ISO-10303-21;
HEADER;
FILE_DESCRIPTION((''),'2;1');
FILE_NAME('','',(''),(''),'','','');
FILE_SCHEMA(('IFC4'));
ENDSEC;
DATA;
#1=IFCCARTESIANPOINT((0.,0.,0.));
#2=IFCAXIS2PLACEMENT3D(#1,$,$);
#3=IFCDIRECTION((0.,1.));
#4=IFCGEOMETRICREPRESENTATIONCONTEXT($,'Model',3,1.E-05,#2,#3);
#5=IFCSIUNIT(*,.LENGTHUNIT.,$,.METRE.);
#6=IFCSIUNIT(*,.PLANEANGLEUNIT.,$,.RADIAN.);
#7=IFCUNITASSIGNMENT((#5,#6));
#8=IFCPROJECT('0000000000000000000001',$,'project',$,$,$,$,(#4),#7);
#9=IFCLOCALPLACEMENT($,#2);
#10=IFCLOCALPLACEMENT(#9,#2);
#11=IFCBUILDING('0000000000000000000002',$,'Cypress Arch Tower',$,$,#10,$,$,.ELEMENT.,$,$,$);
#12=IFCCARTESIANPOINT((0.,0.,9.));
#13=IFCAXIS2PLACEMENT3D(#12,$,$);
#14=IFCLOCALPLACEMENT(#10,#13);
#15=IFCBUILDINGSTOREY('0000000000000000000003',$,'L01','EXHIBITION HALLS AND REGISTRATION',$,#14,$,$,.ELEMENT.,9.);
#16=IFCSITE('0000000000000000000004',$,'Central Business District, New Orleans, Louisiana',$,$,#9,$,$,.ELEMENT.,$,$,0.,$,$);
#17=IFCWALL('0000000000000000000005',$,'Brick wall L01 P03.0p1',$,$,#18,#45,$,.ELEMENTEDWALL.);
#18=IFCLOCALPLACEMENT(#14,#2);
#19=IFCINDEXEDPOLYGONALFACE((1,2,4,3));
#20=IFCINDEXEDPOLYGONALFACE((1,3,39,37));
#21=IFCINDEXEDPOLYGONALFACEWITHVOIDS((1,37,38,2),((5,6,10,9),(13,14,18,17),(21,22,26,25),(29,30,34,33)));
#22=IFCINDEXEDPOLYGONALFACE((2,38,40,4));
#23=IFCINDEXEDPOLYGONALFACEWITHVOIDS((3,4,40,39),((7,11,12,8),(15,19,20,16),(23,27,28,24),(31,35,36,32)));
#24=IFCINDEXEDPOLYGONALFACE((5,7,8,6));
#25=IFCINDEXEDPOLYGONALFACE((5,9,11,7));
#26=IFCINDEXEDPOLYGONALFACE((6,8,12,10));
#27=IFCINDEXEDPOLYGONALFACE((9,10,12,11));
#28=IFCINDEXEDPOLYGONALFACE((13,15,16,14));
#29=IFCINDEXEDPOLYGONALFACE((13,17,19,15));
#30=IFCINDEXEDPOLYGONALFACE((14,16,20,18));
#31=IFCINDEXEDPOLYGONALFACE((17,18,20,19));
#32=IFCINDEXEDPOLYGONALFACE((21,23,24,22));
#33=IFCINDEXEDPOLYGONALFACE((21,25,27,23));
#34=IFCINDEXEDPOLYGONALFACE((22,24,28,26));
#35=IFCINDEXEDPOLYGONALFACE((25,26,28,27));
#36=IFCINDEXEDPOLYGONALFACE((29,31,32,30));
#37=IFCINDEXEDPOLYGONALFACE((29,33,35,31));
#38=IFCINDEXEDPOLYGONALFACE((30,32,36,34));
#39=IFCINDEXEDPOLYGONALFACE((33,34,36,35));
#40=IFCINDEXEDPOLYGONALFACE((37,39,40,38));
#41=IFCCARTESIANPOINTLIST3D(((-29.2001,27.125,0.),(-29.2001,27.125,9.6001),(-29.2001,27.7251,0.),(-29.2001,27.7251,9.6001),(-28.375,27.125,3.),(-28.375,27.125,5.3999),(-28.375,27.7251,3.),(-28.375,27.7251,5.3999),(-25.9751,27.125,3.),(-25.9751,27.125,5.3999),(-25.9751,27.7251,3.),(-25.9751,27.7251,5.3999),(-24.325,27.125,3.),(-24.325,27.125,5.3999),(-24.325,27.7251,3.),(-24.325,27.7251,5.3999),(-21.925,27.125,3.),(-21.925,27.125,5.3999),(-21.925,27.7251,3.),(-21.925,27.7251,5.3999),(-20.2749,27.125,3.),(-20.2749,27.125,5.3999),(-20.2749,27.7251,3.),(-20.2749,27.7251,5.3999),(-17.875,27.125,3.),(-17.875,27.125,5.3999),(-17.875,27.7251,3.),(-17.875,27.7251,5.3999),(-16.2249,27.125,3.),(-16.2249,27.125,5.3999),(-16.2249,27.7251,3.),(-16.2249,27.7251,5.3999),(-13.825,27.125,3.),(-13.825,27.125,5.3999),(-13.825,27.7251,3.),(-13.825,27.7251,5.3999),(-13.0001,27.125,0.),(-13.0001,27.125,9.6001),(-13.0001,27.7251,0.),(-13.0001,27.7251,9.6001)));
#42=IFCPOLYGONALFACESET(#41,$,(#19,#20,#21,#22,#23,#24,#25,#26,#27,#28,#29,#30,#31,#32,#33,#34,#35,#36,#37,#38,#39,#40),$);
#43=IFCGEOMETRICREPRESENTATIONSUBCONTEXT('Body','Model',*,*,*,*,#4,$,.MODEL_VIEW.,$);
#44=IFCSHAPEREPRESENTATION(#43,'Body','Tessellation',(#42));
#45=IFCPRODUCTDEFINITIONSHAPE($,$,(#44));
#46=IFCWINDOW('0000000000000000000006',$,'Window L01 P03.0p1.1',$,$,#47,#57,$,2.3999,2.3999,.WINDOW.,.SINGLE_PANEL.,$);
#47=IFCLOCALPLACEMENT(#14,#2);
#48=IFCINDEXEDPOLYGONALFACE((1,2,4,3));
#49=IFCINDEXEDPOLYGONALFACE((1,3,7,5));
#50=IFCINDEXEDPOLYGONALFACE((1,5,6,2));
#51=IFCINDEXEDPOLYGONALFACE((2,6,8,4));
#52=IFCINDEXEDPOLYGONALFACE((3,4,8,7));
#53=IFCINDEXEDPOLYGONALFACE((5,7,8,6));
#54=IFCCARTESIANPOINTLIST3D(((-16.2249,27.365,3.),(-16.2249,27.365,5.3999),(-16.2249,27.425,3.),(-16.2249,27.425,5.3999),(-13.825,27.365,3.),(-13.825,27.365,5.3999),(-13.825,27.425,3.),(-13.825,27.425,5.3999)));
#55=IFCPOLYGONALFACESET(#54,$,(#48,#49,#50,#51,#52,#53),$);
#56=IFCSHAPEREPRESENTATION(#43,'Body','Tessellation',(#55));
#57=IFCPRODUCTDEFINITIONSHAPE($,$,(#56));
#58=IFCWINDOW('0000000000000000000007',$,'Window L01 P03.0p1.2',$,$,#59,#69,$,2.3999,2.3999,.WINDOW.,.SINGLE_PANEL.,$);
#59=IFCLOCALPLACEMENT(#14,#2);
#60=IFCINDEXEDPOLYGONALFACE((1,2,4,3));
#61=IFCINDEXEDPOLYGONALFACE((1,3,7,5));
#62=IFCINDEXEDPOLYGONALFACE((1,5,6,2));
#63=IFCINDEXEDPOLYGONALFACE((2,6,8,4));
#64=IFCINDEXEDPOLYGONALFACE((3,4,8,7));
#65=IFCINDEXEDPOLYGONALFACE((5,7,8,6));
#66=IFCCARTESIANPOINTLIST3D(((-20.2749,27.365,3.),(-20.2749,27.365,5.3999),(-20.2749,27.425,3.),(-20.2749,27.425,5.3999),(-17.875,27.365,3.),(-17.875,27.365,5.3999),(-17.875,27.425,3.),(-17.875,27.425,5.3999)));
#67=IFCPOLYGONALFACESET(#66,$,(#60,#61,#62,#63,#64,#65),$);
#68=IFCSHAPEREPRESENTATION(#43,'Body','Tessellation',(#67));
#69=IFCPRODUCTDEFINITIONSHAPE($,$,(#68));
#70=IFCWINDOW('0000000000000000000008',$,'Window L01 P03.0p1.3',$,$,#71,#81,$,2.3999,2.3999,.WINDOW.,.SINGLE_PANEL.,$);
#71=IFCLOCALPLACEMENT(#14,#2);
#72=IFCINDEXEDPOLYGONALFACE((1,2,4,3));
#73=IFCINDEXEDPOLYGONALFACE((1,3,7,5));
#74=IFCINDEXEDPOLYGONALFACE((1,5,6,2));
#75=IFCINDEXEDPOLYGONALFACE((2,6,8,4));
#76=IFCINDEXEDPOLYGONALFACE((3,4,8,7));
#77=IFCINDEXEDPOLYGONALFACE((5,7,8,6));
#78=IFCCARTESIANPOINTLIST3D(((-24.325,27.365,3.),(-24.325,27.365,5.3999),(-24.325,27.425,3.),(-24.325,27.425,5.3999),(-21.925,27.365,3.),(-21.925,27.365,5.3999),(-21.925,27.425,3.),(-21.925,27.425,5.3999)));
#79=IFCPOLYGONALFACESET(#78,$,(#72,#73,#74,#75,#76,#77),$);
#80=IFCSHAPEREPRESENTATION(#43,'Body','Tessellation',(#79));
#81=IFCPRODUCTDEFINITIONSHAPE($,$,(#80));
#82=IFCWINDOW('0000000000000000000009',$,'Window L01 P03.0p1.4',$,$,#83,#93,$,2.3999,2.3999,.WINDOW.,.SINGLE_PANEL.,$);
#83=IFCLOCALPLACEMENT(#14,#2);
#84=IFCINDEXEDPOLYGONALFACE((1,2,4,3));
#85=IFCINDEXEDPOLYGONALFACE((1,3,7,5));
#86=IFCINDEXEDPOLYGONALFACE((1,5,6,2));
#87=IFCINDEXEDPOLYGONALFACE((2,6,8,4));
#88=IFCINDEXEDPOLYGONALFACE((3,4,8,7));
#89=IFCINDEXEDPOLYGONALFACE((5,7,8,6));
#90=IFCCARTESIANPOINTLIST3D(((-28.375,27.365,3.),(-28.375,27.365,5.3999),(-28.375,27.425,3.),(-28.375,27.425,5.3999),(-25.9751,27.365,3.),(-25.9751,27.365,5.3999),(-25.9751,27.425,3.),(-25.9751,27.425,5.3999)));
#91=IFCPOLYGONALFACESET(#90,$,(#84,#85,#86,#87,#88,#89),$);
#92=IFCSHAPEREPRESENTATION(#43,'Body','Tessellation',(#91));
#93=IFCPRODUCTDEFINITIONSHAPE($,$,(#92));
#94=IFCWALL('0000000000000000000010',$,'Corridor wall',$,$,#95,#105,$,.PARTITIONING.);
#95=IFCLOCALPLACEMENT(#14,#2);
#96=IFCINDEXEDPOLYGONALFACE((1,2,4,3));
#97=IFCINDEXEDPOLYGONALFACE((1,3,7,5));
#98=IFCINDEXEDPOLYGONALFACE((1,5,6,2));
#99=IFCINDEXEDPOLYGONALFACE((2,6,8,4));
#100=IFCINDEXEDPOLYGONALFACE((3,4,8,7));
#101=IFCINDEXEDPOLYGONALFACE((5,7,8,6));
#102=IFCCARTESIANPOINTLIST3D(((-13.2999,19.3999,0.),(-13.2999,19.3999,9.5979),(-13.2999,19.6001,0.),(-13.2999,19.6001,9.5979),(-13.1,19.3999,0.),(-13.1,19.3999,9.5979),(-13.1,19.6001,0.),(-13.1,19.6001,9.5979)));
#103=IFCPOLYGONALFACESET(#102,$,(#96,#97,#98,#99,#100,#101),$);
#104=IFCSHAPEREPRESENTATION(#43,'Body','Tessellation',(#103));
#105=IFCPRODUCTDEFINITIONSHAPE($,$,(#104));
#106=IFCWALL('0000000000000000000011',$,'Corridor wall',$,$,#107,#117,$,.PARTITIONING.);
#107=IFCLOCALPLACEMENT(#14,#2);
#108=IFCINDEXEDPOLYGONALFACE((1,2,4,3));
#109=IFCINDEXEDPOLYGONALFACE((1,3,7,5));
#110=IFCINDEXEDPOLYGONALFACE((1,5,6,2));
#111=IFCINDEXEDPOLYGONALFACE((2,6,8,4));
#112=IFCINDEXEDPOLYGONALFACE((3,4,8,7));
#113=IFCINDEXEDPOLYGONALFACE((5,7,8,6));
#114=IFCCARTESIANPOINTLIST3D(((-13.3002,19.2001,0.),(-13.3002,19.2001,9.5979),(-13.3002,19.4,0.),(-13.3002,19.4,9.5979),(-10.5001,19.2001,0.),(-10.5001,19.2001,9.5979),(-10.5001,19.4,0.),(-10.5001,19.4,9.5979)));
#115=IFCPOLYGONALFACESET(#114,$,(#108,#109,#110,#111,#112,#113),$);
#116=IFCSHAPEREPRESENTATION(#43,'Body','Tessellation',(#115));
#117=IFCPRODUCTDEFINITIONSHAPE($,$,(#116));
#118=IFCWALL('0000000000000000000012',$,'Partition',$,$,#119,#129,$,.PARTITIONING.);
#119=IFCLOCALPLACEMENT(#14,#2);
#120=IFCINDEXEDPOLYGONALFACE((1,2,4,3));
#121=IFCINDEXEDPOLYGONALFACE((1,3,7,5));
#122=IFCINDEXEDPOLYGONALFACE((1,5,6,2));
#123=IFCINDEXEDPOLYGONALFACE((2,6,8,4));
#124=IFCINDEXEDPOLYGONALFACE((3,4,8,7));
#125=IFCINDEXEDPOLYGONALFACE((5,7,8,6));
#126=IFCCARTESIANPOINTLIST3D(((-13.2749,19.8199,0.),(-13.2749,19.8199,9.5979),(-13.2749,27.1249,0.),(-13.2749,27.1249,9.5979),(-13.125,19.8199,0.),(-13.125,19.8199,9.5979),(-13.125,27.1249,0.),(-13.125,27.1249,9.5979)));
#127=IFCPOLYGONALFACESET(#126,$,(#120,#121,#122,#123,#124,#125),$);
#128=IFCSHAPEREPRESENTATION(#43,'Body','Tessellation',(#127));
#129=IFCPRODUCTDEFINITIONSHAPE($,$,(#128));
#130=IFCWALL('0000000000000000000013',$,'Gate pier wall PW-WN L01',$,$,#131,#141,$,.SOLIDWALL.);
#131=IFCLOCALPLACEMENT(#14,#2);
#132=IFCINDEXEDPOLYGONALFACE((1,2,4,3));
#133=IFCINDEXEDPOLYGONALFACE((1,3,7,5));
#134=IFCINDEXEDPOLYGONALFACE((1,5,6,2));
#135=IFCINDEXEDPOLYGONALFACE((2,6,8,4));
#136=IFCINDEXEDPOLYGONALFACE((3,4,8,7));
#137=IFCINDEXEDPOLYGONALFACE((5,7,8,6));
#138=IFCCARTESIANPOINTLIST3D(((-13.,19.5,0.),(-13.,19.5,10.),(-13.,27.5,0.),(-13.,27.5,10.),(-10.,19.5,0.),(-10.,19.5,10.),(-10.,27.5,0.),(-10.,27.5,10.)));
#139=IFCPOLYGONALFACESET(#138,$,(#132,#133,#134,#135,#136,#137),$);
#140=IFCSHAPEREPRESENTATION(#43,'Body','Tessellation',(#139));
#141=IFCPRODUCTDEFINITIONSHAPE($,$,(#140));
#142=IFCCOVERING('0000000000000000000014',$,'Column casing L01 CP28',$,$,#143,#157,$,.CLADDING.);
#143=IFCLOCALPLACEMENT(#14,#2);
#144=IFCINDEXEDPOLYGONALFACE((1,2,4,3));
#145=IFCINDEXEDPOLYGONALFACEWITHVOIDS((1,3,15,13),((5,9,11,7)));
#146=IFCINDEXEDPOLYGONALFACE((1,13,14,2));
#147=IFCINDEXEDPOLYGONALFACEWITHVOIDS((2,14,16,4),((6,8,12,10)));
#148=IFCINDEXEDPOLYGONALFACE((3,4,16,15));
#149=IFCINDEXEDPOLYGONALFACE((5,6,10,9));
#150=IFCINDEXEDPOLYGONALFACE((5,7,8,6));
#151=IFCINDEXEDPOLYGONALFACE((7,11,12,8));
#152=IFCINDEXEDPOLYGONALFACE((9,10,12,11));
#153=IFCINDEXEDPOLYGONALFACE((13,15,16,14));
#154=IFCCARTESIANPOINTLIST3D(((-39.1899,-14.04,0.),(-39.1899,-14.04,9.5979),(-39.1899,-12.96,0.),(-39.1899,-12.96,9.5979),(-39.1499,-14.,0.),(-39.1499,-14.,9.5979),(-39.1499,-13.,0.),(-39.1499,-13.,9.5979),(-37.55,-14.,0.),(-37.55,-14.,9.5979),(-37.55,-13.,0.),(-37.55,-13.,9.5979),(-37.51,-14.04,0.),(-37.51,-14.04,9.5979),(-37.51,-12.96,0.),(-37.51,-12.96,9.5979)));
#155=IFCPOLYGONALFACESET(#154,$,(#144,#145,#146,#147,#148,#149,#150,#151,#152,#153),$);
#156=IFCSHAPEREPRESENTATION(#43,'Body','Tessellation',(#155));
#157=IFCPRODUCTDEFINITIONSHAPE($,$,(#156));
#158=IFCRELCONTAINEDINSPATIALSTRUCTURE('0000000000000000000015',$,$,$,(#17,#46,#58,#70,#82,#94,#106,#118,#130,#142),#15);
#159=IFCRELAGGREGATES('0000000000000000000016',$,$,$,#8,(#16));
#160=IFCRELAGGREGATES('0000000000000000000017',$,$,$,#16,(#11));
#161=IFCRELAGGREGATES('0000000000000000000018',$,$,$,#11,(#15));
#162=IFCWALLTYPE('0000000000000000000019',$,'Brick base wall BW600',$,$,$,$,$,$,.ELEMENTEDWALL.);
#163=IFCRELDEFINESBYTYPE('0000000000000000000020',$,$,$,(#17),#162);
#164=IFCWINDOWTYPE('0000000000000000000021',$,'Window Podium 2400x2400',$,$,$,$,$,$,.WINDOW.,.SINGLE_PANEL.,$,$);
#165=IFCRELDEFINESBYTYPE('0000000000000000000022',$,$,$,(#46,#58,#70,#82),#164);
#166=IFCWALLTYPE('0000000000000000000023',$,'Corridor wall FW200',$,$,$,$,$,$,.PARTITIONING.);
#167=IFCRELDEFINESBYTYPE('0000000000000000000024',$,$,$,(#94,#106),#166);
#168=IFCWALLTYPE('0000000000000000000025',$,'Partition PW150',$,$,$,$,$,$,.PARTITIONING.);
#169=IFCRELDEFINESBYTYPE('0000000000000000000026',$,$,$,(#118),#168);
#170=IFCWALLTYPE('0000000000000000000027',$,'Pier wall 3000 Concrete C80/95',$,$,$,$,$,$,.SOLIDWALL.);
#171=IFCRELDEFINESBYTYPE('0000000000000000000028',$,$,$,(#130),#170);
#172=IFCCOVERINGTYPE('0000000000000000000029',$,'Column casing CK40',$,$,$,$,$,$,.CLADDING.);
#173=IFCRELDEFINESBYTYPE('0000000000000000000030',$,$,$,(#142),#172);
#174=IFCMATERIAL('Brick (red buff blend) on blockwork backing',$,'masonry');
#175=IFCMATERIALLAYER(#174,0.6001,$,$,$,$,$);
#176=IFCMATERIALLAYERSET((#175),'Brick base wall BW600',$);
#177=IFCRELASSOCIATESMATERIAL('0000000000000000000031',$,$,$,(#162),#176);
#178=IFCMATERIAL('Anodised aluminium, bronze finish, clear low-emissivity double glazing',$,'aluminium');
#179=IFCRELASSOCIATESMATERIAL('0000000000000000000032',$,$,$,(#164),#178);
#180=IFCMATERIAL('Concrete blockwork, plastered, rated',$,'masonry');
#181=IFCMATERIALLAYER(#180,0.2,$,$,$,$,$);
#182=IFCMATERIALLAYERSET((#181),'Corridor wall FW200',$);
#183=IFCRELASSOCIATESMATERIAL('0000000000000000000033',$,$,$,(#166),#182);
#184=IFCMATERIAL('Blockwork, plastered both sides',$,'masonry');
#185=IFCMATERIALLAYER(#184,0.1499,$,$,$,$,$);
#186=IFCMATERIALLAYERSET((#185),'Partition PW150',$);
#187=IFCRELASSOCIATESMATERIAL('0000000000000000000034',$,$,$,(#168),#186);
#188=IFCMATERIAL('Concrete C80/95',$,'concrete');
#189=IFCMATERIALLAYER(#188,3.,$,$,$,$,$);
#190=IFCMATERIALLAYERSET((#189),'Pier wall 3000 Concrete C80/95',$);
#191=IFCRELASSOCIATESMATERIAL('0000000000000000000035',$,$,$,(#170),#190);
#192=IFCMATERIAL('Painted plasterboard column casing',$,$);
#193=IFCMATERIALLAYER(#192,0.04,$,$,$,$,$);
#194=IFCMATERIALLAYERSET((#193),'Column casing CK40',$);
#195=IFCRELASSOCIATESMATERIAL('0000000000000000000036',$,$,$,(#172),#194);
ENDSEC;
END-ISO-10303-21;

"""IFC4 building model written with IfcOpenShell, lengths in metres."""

from ifc_helpers import new_model, si_unit, direction, frame, frame_2d, origin, place, context, subcontext, project, spatial, polyline, rectangle, outline, extrude, material, layer, layer_set, type_object, element, fill, save


model = new_model("IFC4")

# Units and contexts
model_context = context("Model", 3, precision=1e-05, world=origin(), true_north=direction((0.0, 1.0)))
body_context = subcontext(model_context, "Body", "Model", "MODEL_VIEW")
ifc_project = project(units=[si_unit("LENGTHUNIT", "METRE"), si_unit("PLANEANGLEUNIT", "RADIAN")], contexts=[model_context])

# Site, building, storey
site_placement = place(None, origin())
site = spatial("IfcSite", under=ifc_project, at=site_placement, Name="Central Business District, New Orleans, Louisiana", CompositionType="ELEMENT", RefElevation=0.0)
building_placement = place(site_placement, origin())
building = spatial("IfcBuilding", under=site, at=building_placement, Name="Cypress Arch Tower", CompositionType="ELEMENT")
storey_placement = place(building_placement, frame((0.0, 0.0, 9.0)))
storey = spatial("IfcBuildingStorey", under=building, at=storey_placement, Name="L01", Description="EXHIBITION HALLS AND REGISTRATION", CompositionType="ELEMENT", Elevation=9.0)

# Wall, openings, windows
ifc_material_1 = material(Name="Brick (red buff blend) on blockwork backing", Category="masonry")
ifc_layer_1 = layer(ifc_material_1, 0.6001)
ifc_layer_set_1 = layer_set([ifc_layer_1], Name="Brick base wall BW600")
wall_type_1 = type_object("IfcWallType", Name="Brick base wall BW600", PredefinedType="ELEMENTEDWALL", material=ifc_layer_set_1)
wall_1_placement = place(storey_placement, frame((-13.0, 27.425, 0.0), z_axis=(0.0, 0.0, 1.0), x_axis=(-1.0, 0.0, 0.0)))
wall_1 = element("IfcWall", 1, at=wall_1_placement, inside=storey, type_object=wall_type_1, Name="Brick wall L01 P03.0p1", PredefinedType="ELEMENTEDWALL", context=body_context, shape_type="SweptSolid", body=[
    extrude(rectangle(XDim=16.2, YDim=0.6001, at=frame_2d((8.1001, 0.0))), origin(), (0.0, 0.0, 1.0), 9.6001),
])
opening_1_placement = place(wall_1_placement, frame((0.825, 0.0, 3.0)))
opening_1 = element("IfcOpeningElement", 2, at=opening_1_placement, cuts=wall_1, PredefinedType="OPENING", context=body_context, shape_type="SweptSolid", body=[
    extrude(rectangle(XDim=2.3999, YDim=2.3999, at=frame_2d((1.2, 1.2))), frame((0.0, 0.3101, 0.0), z_axis=(0.0, -1.0, 0.0), x_axis=(1.0, 0.0, 0.0)), (0.0, 0.0, 1.0), 0.6201),
])
opening_2_placement = place(wall_1_placement, frame((4.875, 0.0, 3.0)))
opening_2 = element("IfcOpeningElement", 3, at=opening_2_placement, cuts=wall_1, PredefinedType="OPENING", context=body_context, shape_type="SweptSolid", body=[
    extrude(rectangle(XDim=2.3999, YDim=2.3999, at=frame_2d((1.2, 1.2))), frame((0.0, 0.3101, 0.0), z_axis=(0.0, -1.0, 0.0), x_axis=(1.0, 0.0, 0.0)), (0.0, 0.0, 1.0), 0.6201),
])
opening_3_placement = place(wall_1_placement, frame((8.925, 0.0, 3.0)))
opening_3 = element("IfcOpeningElement", 4, at=opening_3_placement, cuts=wall_1, PredefinedType="OPENING", context=body_context, shape_type="SweptSolid", body=[
    extrude(rectangle(XDim=2.3999, YDim=2.3999, at=frame_2d((1.2, 1.2))), frame((0.0, 0.3101, 0.0), z_axis=(0.0, -1.0, 0.0), x_axis=(1.0, 0.0, 0.0)), (0.0, 0.0, 1.0), 0.6201),
])
opening_4_placement = place(wall_1_placement, frame((12.9751, 0.0, 3.0)))
opening_4 = element("IfcOpeningElement", 5, at=opening_4_placement, cuts=wall_1, PredefinedType="OPENING", context=body_context, shape_type="SweptSolid", body=[
    extrude(rectangle(XDim=2.3999, YDim=2.3999, at=frame_2d((1.2, 1.2))), frame((0.0, 0.3101, 0.0), z_axis=(0.0, -1.0, 0.0), x_axis=(1.0, 0.0, 0.0)), (0.0, 0.0, 1.0), 0.6201),
])
ifc_material_2 = material(Name="Anodised aluminium, bronze finish, clear low-emissivity double glazing", Category="aluminium")
window_type = type_object("IfcWindowType", Name="Window Podium 2400x2400", PartitioningType="SINGLE_PANEL", PredefinedType="WINDOW", material=ifc_material_2)
window_1_placement = place(opening_1_placement, origin())
window_1 = element("IfcWindow", 6, at=window_1_placement, inside=storey, type_object=window_type, Name="Window L01 P03.0p1.1", OverallHeight=2.3999, OverallWidth=2.3999, PartitioningType="SINGLE_PANEL", PredefinedType="WINDOW", context=body_context, shape_type="SweptSolid", body=[
    extrude(rectangle(XDim=2.3999, YDim=2.3999, at=frame_2d((1.2, 1.2))), frame((0.0, 0.0601, 0.0), z_axis=(0.0, -1.0, 0.0), x_axis=(1.0, 0.0, 0.0)), (0.0, 0.0, 1.0), 0.0601),
])
fill(opening_1, window_1)
window_2_placement = place(opening_2_placement, origin())
window_2 = element("IfcWindow", 7, at=window_2_placement, inside=storey, type_object=window_type, Name="Window L01 P03.0p1.2", OverallHeight=2.3999, OverallWidth=2.3999, PartitioningType="SINGLE_PANEL", PredefinedType="WINDOW", context=body_context, shape_type="SweptSolid", body=[
    extrude(rectangle(XDim=2.3999, YDim=2.3999, at=frame_2d((1.2, 1.2))), frame((0.0, 0.0601, 0.0), z_axis=(0.0, -1.0, 0.0), x_axis=(1.0, 0.0, 0.0)), (0.0, 0.0, 1.0), 0.0601),
])
fill(opening_2, window_2)
window_3_placement = place(opening_3_placement, origin())
window_3 = element("IfcWindow", 8, at=window_3_placement, inside=storey, type_object=window_type, Name="Window L01 P03.0p1.3", OverallHeight=2.3999, OverallWidth=2.3999, PartitioningType="SINGLE_PANEL", PredefinedType="WINDOW", context=body_context, shape_type="SweptSolid", body=[
    extrude(rectangle(XDim=2.3999, YDim=2.3999, at=frame_2d((1.2, 1.2))), frame((0.0, 0.0601, 0.0), z_axis=(0.0, -1.0, 0.0), x_axis=(1.0, 0.0, 0.0)), (0.0, 0.0, 1.0), 0.0601),
])
fill(opening_3, window_3)
window_4_placement = place(opening_4_placement, origin())
window_4 = element("IfcWindow", 9, at=window_4_placement, inside=storey, type_object=window_type, Name="Window L01 P03.0p1.4", OverallHeight=2.3999, OverallWidth=2.3999, PartitioningType="SINGLE_PANEL", PredefinedType="WINDOW", context=body_context, shape_type="SweptSolid", body=[
    extrude(rectangle(XDim=2.3999, YDim=2.3999, at=frame_2d((1.2, 1.2))), frame((0.0, 0.0601, 0.0), z_axis=(0.0, -1.0, 0.0), x_axis=(1.0, 0.0, 0.0)), (0.0, 0.0, 1.0), 0.0601),
])
fill(opening_4, window_4)

# Walls
ifc_material_3 = material(Name="Concrete blockwork, plastered, rated", Category="masonry")
ifc_layer_2 = layer(ifc_material_3, 0.2)
ifc_layer_set_2 = layer_set([ifc_layer_2], Name="Corridor wall FW200")
wall_type_2 = type_object("IfcWallType", Name="Corridor wall FW200", PredefinedType="PARTITIONING", material=ifc_layer_set_2)
wall_2_placement = place(storey_placement, frame((-13.2, 19.3999, 0.0), z_axis=(0.0, 0.0, 1.0), x_axis=(0.0, 1.0, 0.0)))
element("IfcWall", 10, at=wall_2_placement, inside=storey, type_object=wall_type_2, Name="Corridor wall", PredefinedType="PARTITIONING", context=body_context, shape_type="SweptSolid", body=[
    extrude(rectangle(XDim=0.2002, YDim=0.2, at=frame_2d((0.1001, 0.0))), origin(), (0.0, 0.0, 1.0), 9.5979),
])
wall_3_placement = place(storey_placement, frame((-13.3, 19.3, 0.0), z_axis=(0.0, 0.0, 1.0), x_axis=(1.0, 0.0, 0.0)))
element("IfcWall", 11, at=wall_3_placement, inside=storey, type_object=wall_type_2, Name="Corridor wall", PredefinedType="PARTITIONING", context=body_context, shape_type="SweptSolid", body=[
    extrude(rectangle(XDim=2.8, YDim=0.2, at=frame_2d((1.3999, 0.0))), origin(), (0.0, 0.0, 1.0), 9.5979),
])
ifc_material_4 = material(Name="Blockwork, plastered both sides", Category="masonry")
ifc_layer_3 = layer(ifc_material_4, 0.1499)
ifc_layer_set_3 = layer_set([ifc_layer_3], Name="Partition PW150")
wall_type_3 = type_object("IfcWallType", Name="Partition PW150", PredefinedType="PARTITIONING", material=ifc_layer_set_3)
wall_4_placement = place(storey_placement, frame((-13.2, 19.8201, 0.0), z_axis=(0.0, 0.0, 1.0), x_axis=(0.0, 1.0, 0.0)))
element("IfcWall", 12, at=wall_4_placement, inside=storey, type_object=wall_type_3, Name="Partition", PredefinedType="PARTITIONING", context=body_context, shape_type="SweptSolid", body=[
    extrude(rectangle(XDim=7.3049, YDim=0.1499, at=frame_2d((3.6523, 0.0))), origin(), (0.0, 0.0, 1.0), 9.5979),
])
ifc_material_5 = material(Name="Concrete C80/95", Category="concrete")
ifc_layer_4 = layer(ifc_material_5, 3.0)
ifc_layer_set_4 = layer_set([ifc_layer_4], Name="Pier wall 3000 Concrete C80/95")
wall_type_4 = type_object("IfcWallType", Name="Pier wall 3000 Concrete C80/95", PredefinedType="SOLIDWALL", material=ifc_layer_set_4)
wall_5_placement = place(storey_placement, frame((-11.5, 19.5, 0.0), z_axis=(0.0, 0.0, 1.0), x_axis=(0.0, 1.0, 0.0)))
element("IfcWall", 13, at=wall_5_placement, inside=storey, type_object=wall_type_4, Name="Gate pier wall PW-WN L01", PredefinedType="SOLIDWALL", context=body_context, shape_type="SweptSolid", body=[
    extrude(rectangle(XDim=8.0, YDim=3.0, at=frame_2d((4.0, 0.0))), origin(), (0.0, 0.0, 1.0), 10.0),
])

# Covering
ifc_material_6 = material(Name="Painted plasterboard column casing")
ifc_layer_5 = layer(ifc_material_6, 0.04)
ifc_layer_set_5 = layer_set([ifc_layer_5], Name="Column casing CK40")
covering_type = type_object("IfcCoveringType", Name="Column casing CK40", PredefinedType="CLADDING", material=ifc_layer_set_5)
covering_placement = place(storey_placement, origin())
element("IfcCovering", 14, at=covering_placement, inside=storey, type_object=covering_type, Name="Column casing L01 CP28", PredefinedType="CLADDING", context=body_context, shape_type="SweptSolid", body=[
    extrude(outline(polyline([(-39.1899, -12.96), (-37.51, -12.96), (-37.51, -14.04), (-39.1899, -14.04), (-39.1899, -12.96)]), holes=[polyline([(-39.1499, -13.0), (-39.1499, -14.0), (-37.55, -14.0), (-37.55, -13.0), (-39.1499, -13.0)])]), origin(), (0.0, 0.0, 1.0), 9.5979),
])

save(model, "model.ifc")
